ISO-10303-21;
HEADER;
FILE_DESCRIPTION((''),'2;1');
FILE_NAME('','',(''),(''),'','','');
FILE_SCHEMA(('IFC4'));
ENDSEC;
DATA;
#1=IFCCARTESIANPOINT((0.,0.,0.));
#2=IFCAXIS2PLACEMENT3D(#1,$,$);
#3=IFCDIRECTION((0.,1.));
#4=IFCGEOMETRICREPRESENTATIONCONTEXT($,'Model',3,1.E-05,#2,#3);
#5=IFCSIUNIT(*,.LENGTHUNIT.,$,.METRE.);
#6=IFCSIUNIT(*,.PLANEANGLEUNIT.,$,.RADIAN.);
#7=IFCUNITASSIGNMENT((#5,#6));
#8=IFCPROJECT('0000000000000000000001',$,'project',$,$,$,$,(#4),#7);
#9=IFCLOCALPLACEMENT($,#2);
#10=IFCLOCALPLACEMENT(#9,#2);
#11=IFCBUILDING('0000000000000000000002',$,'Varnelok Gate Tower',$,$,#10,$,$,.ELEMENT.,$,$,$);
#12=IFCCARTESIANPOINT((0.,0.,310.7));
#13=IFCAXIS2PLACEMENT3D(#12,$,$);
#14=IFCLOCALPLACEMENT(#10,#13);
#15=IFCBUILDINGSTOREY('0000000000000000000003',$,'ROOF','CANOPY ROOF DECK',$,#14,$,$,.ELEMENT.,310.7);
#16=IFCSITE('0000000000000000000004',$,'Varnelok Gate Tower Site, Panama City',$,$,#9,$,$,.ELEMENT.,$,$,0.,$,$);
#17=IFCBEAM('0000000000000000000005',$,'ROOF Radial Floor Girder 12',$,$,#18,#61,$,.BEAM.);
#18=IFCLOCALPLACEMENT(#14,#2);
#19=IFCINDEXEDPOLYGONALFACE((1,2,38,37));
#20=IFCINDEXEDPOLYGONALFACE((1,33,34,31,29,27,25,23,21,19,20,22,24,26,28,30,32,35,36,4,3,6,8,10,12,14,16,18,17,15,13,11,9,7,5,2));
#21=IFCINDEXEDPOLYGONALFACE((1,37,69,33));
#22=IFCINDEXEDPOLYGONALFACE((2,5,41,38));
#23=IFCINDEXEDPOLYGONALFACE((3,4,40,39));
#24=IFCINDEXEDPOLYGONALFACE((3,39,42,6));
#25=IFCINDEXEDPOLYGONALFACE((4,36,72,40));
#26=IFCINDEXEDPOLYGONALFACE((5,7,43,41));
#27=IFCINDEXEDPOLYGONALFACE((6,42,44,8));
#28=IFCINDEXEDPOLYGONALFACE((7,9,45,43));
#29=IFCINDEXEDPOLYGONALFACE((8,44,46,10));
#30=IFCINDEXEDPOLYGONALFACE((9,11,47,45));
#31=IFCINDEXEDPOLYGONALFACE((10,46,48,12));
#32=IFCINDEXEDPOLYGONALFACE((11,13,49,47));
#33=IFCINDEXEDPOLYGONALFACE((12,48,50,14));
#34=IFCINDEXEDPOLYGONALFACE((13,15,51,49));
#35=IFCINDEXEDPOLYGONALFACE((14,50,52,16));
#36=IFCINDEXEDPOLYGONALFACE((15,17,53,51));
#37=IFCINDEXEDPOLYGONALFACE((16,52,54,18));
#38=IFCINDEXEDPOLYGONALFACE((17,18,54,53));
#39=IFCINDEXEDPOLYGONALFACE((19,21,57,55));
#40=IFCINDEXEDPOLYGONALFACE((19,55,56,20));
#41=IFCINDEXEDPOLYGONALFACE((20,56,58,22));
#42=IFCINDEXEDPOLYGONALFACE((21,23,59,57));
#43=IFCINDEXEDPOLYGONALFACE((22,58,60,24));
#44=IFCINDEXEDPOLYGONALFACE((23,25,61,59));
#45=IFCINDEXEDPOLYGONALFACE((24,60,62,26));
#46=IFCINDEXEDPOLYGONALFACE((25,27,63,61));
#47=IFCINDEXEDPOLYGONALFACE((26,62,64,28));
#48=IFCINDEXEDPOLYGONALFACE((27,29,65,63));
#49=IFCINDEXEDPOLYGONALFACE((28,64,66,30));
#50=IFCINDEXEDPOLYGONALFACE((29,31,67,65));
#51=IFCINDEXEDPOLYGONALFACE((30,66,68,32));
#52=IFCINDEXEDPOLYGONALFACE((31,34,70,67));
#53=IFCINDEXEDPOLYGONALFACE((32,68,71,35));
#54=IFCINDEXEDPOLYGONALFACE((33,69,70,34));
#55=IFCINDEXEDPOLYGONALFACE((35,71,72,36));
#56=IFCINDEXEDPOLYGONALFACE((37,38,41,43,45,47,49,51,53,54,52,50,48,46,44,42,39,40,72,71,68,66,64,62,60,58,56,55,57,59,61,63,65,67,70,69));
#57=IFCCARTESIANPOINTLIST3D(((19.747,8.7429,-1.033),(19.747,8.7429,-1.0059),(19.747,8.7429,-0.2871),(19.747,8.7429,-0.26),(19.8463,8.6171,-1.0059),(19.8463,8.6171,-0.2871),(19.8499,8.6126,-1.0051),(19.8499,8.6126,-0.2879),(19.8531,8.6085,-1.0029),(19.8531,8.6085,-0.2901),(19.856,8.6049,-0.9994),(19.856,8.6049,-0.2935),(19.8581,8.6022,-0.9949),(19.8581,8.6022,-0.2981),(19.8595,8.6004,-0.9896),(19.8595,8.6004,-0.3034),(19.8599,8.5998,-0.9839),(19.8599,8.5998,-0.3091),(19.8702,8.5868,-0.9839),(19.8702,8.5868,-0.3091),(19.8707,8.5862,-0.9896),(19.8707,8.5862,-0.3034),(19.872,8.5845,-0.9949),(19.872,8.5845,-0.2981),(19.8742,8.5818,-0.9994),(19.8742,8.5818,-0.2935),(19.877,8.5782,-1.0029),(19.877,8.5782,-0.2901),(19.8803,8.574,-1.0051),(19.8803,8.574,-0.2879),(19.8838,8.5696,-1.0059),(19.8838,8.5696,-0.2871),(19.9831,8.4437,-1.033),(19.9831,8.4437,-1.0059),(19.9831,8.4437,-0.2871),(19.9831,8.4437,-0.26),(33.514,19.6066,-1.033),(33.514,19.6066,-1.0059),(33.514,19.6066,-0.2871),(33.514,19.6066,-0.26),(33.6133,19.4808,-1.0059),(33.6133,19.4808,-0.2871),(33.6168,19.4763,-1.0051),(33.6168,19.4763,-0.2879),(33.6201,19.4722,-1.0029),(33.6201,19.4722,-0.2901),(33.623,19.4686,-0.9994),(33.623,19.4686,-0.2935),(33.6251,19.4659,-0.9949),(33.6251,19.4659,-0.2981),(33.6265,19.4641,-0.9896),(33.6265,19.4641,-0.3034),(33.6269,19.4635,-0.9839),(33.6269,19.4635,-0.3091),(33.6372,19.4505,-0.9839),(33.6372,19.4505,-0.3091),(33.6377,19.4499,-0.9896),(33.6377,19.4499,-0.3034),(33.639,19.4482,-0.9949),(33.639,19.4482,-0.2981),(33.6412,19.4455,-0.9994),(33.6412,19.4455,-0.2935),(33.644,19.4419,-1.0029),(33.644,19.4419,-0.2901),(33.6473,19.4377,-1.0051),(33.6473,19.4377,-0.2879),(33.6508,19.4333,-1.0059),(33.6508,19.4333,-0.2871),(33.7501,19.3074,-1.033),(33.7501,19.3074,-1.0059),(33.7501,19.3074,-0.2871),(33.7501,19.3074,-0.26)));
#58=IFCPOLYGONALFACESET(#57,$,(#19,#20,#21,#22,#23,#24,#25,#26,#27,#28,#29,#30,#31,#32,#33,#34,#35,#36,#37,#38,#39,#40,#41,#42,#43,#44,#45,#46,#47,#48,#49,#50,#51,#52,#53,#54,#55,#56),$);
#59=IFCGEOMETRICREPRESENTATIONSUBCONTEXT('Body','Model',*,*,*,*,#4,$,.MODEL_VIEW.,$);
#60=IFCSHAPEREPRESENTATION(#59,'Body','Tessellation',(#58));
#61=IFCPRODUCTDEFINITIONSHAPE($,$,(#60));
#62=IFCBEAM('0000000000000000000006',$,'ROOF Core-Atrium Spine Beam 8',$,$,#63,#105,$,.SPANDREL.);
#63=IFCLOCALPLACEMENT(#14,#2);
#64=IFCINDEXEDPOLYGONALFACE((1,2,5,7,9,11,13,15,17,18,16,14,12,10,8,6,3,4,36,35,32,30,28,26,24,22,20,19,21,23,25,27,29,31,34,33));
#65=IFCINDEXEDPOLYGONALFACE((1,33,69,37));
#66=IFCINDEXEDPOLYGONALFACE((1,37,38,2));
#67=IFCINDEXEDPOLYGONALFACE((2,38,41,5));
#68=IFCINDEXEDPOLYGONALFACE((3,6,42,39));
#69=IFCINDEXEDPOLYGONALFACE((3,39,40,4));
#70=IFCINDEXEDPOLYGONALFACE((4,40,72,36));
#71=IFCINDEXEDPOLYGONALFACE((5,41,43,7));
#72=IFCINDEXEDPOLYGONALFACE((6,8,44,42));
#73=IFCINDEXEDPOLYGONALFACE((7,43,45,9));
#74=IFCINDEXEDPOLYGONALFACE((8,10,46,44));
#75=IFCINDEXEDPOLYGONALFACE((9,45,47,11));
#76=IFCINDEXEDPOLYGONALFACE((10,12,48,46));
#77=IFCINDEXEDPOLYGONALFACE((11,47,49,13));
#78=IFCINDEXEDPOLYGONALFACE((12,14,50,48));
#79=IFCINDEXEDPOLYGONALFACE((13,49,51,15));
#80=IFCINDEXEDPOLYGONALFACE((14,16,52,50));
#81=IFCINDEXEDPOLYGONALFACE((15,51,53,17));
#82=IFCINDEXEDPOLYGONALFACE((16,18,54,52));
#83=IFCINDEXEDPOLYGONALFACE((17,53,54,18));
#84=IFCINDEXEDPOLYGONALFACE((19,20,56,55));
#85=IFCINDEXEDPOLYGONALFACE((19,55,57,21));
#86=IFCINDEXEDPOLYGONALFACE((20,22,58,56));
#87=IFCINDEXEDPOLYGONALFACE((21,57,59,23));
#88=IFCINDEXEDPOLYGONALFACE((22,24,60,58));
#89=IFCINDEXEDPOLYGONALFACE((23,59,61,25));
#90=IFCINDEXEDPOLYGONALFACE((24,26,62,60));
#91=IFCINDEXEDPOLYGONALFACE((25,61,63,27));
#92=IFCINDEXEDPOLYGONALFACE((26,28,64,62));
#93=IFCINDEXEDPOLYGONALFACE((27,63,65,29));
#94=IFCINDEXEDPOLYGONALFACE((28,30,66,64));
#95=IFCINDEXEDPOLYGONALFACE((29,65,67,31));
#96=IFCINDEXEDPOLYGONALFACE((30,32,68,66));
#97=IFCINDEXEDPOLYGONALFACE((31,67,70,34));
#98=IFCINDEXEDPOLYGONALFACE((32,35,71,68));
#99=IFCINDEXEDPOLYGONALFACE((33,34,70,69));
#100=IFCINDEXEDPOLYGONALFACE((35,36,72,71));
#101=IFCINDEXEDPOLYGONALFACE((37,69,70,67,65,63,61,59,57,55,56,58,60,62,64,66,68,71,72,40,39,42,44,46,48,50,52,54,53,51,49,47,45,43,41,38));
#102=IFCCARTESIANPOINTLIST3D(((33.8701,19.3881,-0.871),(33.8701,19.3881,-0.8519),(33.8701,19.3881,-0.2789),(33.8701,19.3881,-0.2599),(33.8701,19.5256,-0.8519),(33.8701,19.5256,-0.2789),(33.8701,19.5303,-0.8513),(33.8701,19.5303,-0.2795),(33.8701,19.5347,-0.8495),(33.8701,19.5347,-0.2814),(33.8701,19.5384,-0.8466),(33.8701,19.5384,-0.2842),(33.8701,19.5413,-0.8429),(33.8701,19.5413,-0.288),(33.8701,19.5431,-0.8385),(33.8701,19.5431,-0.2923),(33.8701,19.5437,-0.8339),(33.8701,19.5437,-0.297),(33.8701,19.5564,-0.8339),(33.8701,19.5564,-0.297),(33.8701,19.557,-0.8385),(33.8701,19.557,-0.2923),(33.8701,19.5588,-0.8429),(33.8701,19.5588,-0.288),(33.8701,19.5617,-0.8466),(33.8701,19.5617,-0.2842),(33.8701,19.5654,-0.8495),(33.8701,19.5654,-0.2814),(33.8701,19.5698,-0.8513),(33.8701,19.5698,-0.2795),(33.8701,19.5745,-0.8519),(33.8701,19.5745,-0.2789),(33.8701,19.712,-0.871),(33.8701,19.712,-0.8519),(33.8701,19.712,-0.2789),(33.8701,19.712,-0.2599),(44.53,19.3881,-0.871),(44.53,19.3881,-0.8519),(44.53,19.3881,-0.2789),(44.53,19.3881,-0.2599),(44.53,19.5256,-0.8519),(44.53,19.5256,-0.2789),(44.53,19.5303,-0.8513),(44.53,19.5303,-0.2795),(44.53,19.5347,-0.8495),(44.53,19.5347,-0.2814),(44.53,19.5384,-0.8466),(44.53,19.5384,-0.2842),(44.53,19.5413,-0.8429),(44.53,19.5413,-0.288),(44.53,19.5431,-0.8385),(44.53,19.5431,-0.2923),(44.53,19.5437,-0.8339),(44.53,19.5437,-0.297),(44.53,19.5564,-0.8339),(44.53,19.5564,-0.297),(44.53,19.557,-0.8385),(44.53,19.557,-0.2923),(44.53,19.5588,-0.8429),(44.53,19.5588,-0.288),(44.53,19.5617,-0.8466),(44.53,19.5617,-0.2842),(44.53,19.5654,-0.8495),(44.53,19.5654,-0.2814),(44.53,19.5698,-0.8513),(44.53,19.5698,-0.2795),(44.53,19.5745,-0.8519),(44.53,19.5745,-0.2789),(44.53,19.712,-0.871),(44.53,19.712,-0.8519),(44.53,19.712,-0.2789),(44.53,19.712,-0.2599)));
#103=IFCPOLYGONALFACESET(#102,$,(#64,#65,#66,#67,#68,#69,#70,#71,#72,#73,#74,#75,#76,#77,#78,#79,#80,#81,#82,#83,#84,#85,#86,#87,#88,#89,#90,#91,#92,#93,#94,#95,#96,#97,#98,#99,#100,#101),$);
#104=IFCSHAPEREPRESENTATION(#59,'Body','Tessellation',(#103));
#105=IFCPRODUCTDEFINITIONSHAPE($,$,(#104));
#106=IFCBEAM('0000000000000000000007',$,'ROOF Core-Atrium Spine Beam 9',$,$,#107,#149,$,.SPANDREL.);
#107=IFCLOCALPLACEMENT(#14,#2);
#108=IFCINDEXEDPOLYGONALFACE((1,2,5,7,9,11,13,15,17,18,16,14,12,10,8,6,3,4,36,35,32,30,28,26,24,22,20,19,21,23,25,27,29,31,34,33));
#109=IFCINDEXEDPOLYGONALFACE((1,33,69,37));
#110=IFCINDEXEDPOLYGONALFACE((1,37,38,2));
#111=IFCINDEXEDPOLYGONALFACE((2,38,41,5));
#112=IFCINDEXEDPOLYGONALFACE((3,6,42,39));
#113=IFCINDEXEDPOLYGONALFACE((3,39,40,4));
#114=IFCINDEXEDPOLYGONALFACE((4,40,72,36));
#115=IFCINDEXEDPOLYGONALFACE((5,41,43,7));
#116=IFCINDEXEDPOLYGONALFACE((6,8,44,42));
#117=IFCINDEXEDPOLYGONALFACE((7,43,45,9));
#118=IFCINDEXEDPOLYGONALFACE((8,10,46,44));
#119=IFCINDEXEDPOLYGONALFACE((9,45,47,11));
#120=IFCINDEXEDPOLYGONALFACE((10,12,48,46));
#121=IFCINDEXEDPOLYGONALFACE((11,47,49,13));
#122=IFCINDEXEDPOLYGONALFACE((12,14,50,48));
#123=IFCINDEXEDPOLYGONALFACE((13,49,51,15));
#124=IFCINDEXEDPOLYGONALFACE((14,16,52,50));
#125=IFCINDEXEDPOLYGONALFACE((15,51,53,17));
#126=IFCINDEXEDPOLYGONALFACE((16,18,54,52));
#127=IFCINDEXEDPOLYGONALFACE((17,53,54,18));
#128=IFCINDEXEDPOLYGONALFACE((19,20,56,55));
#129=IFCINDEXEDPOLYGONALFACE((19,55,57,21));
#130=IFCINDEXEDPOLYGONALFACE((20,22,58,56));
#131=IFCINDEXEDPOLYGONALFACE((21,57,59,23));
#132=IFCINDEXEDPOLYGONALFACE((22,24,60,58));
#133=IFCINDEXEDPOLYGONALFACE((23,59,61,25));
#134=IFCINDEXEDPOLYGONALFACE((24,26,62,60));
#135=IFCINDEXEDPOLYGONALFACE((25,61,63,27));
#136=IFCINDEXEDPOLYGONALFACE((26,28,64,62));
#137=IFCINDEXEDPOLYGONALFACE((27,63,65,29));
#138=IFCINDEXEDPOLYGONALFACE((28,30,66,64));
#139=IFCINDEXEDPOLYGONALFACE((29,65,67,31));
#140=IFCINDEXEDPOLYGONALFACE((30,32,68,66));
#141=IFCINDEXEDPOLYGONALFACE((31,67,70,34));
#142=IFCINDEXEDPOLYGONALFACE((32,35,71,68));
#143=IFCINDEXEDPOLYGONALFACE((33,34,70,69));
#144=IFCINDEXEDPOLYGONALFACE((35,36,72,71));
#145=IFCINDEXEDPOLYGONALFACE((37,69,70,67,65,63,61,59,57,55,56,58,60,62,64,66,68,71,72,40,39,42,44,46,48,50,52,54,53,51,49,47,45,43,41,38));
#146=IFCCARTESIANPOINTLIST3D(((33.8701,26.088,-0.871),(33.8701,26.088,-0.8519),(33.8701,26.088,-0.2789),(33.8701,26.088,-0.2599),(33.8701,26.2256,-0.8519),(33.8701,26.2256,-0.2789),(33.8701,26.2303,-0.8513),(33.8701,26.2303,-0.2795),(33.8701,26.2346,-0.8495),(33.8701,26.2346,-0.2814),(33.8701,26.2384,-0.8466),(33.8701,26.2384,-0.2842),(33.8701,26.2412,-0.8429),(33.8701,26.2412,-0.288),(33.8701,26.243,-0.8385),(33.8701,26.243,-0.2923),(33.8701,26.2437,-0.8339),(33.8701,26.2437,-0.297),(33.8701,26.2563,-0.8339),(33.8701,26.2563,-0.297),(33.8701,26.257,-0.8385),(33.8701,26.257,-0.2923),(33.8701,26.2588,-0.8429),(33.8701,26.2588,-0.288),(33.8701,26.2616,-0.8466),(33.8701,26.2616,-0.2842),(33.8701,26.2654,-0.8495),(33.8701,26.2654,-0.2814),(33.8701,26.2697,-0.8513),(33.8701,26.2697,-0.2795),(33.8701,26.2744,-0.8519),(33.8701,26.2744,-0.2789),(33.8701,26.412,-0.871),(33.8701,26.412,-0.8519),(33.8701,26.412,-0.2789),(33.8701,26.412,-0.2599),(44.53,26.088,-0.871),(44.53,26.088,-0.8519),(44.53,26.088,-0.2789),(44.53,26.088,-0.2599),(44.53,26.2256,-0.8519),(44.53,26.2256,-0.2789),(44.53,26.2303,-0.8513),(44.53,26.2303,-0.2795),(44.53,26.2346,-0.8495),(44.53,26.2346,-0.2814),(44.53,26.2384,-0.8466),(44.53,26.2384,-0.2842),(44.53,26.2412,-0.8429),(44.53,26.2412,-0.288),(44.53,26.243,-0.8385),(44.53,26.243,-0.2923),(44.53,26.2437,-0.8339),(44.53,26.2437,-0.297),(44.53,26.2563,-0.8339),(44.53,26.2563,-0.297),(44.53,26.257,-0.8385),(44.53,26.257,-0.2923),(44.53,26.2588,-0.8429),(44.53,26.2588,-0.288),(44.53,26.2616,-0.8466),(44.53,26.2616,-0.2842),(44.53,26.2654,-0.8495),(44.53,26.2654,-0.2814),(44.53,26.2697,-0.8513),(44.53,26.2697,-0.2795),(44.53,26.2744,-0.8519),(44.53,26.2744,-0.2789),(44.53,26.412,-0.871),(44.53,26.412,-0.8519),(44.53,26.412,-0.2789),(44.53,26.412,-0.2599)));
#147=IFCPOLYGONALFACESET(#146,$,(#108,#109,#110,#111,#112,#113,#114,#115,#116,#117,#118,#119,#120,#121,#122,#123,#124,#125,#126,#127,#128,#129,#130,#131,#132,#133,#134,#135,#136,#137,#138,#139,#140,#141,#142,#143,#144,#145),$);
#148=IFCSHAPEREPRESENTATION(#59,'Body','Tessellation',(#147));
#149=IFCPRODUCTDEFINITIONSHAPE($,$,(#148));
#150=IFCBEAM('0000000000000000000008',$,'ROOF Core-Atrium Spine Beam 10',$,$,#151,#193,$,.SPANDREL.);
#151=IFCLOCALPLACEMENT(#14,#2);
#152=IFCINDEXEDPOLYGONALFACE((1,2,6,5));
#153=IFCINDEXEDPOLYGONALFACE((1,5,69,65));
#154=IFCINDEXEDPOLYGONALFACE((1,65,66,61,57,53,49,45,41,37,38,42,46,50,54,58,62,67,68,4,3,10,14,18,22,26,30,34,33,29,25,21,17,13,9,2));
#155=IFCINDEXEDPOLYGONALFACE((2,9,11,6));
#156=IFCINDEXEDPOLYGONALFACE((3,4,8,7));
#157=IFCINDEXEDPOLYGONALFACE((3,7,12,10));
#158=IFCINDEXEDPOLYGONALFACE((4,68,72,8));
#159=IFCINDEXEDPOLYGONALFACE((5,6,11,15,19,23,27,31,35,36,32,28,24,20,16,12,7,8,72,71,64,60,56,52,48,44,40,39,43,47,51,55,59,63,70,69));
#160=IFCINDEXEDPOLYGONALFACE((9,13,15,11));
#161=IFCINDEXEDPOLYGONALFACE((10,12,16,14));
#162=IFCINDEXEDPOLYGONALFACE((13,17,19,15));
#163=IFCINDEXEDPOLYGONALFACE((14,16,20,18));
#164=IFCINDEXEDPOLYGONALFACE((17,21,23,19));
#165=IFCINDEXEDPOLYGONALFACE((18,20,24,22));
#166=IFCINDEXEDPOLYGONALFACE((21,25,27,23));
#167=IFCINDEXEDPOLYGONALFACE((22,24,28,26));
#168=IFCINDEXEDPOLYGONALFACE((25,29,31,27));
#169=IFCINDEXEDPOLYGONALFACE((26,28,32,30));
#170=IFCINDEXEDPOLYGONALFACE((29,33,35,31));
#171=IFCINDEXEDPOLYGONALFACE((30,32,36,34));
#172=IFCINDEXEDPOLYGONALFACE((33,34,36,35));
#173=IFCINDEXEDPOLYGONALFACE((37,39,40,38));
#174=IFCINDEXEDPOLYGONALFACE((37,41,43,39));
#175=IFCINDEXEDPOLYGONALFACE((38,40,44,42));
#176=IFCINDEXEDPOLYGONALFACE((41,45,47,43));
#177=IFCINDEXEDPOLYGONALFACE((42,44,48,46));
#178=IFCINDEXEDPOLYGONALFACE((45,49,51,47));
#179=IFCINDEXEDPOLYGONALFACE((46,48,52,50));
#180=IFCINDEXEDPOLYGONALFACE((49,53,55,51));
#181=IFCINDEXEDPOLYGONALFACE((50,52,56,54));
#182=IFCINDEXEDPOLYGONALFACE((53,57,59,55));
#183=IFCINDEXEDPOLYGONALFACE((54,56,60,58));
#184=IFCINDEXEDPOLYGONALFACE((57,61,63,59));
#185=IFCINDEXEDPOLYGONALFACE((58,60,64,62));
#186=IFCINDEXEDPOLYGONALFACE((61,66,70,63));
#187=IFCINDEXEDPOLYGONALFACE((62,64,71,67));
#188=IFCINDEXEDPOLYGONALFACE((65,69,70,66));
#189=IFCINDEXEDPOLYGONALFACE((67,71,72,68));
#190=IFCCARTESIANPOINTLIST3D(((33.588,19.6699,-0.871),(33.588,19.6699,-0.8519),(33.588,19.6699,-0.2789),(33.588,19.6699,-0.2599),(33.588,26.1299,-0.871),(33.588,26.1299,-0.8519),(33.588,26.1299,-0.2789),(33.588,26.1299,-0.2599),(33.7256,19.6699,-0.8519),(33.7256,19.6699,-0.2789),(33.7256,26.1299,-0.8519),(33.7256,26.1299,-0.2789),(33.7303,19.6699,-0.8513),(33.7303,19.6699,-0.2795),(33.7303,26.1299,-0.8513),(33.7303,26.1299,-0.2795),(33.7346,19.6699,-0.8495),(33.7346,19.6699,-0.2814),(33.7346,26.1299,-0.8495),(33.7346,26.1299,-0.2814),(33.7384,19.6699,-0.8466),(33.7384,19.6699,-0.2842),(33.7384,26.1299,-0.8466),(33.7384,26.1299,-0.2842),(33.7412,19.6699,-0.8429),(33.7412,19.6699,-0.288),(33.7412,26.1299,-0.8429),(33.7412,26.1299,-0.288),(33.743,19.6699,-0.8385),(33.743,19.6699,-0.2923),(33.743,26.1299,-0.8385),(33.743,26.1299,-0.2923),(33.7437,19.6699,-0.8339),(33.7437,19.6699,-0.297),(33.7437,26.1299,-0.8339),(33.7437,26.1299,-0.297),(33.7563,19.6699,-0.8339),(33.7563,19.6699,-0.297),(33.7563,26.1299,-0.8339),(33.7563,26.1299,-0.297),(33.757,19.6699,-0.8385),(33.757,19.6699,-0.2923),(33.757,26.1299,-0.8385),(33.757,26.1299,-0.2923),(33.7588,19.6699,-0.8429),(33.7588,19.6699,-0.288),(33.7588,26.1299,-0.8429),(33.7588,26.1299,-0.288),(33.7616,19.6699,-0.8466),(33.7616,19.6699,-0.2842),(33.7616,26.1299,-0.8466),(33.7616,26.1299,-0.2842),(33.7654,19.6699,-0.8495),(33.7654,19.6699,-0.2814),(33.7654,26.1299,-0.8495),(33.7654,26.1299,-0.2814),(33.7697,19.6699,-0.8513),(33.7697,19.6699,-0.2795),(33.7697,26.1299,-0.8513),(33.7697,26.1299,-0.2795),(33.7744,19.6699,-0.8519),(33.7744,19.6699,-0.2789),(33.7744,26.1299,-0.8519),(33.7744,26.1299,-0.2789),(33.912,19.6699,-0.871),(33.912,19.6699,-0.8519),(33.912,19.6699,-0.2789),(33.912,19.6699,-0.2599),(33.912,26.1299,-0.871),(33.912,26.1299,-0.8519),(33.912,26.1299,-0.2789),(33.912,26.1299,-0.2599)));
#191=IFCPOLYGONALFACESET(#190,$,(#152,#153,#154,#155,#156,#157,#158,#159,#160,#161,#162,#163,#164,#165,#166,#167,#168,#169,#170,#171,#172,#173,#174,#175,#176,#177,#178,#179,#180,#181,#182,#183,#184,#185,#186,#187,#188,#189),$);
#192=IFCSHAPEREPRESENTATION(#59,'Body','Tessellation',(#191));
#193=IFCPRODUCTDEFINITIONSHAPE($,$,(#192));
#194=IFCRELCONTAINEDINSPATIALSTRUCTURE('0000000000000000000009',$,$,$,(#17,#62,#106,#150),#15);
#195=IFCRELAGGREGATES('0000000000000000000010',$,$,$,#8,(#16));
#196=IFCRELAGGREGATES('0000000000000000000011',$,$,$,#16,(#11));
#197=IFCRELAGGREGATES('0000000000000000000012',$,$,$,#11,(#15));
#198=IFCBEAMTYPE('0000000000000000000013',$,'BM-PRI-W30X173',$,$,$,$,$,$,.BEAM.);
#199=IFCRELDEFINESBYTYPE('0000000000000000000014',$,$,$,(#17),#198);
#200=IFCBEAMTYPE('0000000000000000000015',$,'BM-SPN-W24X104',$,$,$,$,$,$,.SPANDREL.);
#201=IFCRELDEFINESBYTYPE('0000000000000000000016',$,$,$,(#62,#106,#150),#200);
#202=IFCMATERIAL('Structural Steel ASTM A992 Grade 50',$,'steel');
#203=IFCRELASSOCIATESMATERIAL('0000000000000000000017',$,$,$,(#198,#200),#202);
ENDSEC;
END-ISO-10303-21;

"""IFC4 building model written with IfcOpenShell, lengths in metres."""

from ifc_helpers import new_model, si_unit, direction, frame, origin, origin_2d, place, context, subcontext, project, spatial, i_section, extrude, material, material_profile, profile_set, type_object, element, save


model = new_model("IFC4")

# Units and contexts
model_context = context("Model", 3, precision=1e-05, world=origin(), true_north=direction((0.0, 1.0)))
body_context = subcontext(model_context, "Body", "Model", "MODEL_VIEW")
ifc_project = project(units=[si_unit("LENGTHUNIT", "METRE"), si_unit("PLANEANGLEUNIT", "RADIAN")], contexts=[model_context])

# Site, building, storey
site_placement = place(None, origin())
site = spatial("IfcSite", under=ifc_project, at=site_placement, Name="Varnelok Gate Tower Site, Panama City", CompositionType="ELEMENT", RefElevation=0.0)
building_placement = place(site_placement, origin())
building = spatial("IfcBuilding", under=site, at=building_placement, Name="Varnelok Gate Tower", CompositionType="ELEMENT")
storey_placement = place(building_placement, frame((0.0, 0.0, 310.7)))
storey = spatial("IfcBuildingStorey", under=building, at=storey_placement, Name="ROOF", Description="CANOPY ROOF DECK", CompositionType="ELEMENT", Elevation=310.7)

# Beams
ifc_material_1 = material(Name="Structural Steel ASTM A992 Grade 50", Category="steel")
ifc_material_profile_1 = material_profile(ifc_material_1, i_section(OverallWidth=0.3811, OverallDepth=0.7729, WebThickness=0.0166, FlangeThickness=0.0271, FilletRadius=0.022, at=origin_2d()), Name="W30X173")
ifc_profile_set_1 = profile_set([ifc_material_profile_1], Name="Structural Steel ASTM A992 Grade 50")
beam_type_1 = type_object("IfcBeamType", Name="BM-PRI-W30X173", PredefinedType="BEAM", material=ifc_profile_set_1)
beam_1_placement = place(storey_placement, frame((33.6321, 19.457, -0.6465), z_axis=(-0.785021, -0.619469, 0.0), x_axis=(0.619469, -0.785021, 0.0)))
element("IfcBeam", 1, at=beam_1_placement, inside=storey, type_object=beam_type_1, Name="ROOF Radial Floor Girder 12", PredefinedType="BEAM", context=body_context, shape_type="SweptSolid", body=[
    extrude(i_section(OverallWidth=0.3811, OverallDepth=0.7729, WebThickness=0.0166, FlangeThickness=0.0271, FilletRadius=0.022, at=origin_2d()), origin(), (0.0, 0.0, 1.0), 17.5371),
])
ifc_material_profile_2 = material_profile(ifc_material_1, i_section(OverallWidth=0.324, OverallDepth=0.6111, WebThickness=0.0127, FlangeThickness=0.019, FilletRadius=0.0181, at=origin_2d()), Name="W24X104")
ifc_profile_set_2 = profile_set([ifc_material_profile_2], Name="Structural Steel ASTM A992 Grade 50")
beam_type_2 = type_object("IfcBeamType", Name="BM-SPN-W24X104", PredefinedType="SPANDREL", material=ifc_profile_set_2)
for number, where, z_axis, x_axis, name in (
    (2, (33.8701, 19.55, -0.5654), (1.0, 0.0, 0.0), (0.0, 1.0, 0.0), "ROOF Core-Atrium Spine Beam 8"),
    (3, (33.8701, 26.25, -0.5654), (1.0, 0.0, 0.0), (0.0, 1.0, 0.0), "ROOF Core-Atrium Spine Beam 9"),
):
    element("IfcBeam", number, at=place(storey_placement, frame(where, z_axis=z_axis, x_axis=x_axis)), inside=storey, type_object=beam_type_2, Name=name, PredefinedType="SPANDREL", context=body_context, shape_type="SweptSolid", body=[
        extrude(i_section(OverallWidth=0.324, OverallDepth=0.6111, WebThickness=0.0127, FlangeThickness=0.019, FilletRadius=0.0181, at=origin_2d()), origin(), (0.0, 0.0, 1.0), 10.6599),
    ])
beam_2_placement = place(storey_placement, frame((33.75, 19.6699, -0.5654), z_axis=(0.0, 1.0, 0.0), x_axis=(-1.0, 0.0, 0.0)))
element("IfcBeam", 4, at=beam_2_placement, inside=storey, type_object=beam_type_2, Name="ROOF Core-Atrium Spine Beam 10", PredefinedType="SPANDREL", context=body_context, shape_type="SweptSolid", body=[
    extrude(i_section(OverallWidth=0.324, OverallDepth=0.6111, WebThickness=0.0127, FlangeThickness=0.019, FilletRadius=0.0181, at=origin_2d()), origin(), (0.0, 0.0, 1.0), 6.46),
])

save(model, "model.ifc")
